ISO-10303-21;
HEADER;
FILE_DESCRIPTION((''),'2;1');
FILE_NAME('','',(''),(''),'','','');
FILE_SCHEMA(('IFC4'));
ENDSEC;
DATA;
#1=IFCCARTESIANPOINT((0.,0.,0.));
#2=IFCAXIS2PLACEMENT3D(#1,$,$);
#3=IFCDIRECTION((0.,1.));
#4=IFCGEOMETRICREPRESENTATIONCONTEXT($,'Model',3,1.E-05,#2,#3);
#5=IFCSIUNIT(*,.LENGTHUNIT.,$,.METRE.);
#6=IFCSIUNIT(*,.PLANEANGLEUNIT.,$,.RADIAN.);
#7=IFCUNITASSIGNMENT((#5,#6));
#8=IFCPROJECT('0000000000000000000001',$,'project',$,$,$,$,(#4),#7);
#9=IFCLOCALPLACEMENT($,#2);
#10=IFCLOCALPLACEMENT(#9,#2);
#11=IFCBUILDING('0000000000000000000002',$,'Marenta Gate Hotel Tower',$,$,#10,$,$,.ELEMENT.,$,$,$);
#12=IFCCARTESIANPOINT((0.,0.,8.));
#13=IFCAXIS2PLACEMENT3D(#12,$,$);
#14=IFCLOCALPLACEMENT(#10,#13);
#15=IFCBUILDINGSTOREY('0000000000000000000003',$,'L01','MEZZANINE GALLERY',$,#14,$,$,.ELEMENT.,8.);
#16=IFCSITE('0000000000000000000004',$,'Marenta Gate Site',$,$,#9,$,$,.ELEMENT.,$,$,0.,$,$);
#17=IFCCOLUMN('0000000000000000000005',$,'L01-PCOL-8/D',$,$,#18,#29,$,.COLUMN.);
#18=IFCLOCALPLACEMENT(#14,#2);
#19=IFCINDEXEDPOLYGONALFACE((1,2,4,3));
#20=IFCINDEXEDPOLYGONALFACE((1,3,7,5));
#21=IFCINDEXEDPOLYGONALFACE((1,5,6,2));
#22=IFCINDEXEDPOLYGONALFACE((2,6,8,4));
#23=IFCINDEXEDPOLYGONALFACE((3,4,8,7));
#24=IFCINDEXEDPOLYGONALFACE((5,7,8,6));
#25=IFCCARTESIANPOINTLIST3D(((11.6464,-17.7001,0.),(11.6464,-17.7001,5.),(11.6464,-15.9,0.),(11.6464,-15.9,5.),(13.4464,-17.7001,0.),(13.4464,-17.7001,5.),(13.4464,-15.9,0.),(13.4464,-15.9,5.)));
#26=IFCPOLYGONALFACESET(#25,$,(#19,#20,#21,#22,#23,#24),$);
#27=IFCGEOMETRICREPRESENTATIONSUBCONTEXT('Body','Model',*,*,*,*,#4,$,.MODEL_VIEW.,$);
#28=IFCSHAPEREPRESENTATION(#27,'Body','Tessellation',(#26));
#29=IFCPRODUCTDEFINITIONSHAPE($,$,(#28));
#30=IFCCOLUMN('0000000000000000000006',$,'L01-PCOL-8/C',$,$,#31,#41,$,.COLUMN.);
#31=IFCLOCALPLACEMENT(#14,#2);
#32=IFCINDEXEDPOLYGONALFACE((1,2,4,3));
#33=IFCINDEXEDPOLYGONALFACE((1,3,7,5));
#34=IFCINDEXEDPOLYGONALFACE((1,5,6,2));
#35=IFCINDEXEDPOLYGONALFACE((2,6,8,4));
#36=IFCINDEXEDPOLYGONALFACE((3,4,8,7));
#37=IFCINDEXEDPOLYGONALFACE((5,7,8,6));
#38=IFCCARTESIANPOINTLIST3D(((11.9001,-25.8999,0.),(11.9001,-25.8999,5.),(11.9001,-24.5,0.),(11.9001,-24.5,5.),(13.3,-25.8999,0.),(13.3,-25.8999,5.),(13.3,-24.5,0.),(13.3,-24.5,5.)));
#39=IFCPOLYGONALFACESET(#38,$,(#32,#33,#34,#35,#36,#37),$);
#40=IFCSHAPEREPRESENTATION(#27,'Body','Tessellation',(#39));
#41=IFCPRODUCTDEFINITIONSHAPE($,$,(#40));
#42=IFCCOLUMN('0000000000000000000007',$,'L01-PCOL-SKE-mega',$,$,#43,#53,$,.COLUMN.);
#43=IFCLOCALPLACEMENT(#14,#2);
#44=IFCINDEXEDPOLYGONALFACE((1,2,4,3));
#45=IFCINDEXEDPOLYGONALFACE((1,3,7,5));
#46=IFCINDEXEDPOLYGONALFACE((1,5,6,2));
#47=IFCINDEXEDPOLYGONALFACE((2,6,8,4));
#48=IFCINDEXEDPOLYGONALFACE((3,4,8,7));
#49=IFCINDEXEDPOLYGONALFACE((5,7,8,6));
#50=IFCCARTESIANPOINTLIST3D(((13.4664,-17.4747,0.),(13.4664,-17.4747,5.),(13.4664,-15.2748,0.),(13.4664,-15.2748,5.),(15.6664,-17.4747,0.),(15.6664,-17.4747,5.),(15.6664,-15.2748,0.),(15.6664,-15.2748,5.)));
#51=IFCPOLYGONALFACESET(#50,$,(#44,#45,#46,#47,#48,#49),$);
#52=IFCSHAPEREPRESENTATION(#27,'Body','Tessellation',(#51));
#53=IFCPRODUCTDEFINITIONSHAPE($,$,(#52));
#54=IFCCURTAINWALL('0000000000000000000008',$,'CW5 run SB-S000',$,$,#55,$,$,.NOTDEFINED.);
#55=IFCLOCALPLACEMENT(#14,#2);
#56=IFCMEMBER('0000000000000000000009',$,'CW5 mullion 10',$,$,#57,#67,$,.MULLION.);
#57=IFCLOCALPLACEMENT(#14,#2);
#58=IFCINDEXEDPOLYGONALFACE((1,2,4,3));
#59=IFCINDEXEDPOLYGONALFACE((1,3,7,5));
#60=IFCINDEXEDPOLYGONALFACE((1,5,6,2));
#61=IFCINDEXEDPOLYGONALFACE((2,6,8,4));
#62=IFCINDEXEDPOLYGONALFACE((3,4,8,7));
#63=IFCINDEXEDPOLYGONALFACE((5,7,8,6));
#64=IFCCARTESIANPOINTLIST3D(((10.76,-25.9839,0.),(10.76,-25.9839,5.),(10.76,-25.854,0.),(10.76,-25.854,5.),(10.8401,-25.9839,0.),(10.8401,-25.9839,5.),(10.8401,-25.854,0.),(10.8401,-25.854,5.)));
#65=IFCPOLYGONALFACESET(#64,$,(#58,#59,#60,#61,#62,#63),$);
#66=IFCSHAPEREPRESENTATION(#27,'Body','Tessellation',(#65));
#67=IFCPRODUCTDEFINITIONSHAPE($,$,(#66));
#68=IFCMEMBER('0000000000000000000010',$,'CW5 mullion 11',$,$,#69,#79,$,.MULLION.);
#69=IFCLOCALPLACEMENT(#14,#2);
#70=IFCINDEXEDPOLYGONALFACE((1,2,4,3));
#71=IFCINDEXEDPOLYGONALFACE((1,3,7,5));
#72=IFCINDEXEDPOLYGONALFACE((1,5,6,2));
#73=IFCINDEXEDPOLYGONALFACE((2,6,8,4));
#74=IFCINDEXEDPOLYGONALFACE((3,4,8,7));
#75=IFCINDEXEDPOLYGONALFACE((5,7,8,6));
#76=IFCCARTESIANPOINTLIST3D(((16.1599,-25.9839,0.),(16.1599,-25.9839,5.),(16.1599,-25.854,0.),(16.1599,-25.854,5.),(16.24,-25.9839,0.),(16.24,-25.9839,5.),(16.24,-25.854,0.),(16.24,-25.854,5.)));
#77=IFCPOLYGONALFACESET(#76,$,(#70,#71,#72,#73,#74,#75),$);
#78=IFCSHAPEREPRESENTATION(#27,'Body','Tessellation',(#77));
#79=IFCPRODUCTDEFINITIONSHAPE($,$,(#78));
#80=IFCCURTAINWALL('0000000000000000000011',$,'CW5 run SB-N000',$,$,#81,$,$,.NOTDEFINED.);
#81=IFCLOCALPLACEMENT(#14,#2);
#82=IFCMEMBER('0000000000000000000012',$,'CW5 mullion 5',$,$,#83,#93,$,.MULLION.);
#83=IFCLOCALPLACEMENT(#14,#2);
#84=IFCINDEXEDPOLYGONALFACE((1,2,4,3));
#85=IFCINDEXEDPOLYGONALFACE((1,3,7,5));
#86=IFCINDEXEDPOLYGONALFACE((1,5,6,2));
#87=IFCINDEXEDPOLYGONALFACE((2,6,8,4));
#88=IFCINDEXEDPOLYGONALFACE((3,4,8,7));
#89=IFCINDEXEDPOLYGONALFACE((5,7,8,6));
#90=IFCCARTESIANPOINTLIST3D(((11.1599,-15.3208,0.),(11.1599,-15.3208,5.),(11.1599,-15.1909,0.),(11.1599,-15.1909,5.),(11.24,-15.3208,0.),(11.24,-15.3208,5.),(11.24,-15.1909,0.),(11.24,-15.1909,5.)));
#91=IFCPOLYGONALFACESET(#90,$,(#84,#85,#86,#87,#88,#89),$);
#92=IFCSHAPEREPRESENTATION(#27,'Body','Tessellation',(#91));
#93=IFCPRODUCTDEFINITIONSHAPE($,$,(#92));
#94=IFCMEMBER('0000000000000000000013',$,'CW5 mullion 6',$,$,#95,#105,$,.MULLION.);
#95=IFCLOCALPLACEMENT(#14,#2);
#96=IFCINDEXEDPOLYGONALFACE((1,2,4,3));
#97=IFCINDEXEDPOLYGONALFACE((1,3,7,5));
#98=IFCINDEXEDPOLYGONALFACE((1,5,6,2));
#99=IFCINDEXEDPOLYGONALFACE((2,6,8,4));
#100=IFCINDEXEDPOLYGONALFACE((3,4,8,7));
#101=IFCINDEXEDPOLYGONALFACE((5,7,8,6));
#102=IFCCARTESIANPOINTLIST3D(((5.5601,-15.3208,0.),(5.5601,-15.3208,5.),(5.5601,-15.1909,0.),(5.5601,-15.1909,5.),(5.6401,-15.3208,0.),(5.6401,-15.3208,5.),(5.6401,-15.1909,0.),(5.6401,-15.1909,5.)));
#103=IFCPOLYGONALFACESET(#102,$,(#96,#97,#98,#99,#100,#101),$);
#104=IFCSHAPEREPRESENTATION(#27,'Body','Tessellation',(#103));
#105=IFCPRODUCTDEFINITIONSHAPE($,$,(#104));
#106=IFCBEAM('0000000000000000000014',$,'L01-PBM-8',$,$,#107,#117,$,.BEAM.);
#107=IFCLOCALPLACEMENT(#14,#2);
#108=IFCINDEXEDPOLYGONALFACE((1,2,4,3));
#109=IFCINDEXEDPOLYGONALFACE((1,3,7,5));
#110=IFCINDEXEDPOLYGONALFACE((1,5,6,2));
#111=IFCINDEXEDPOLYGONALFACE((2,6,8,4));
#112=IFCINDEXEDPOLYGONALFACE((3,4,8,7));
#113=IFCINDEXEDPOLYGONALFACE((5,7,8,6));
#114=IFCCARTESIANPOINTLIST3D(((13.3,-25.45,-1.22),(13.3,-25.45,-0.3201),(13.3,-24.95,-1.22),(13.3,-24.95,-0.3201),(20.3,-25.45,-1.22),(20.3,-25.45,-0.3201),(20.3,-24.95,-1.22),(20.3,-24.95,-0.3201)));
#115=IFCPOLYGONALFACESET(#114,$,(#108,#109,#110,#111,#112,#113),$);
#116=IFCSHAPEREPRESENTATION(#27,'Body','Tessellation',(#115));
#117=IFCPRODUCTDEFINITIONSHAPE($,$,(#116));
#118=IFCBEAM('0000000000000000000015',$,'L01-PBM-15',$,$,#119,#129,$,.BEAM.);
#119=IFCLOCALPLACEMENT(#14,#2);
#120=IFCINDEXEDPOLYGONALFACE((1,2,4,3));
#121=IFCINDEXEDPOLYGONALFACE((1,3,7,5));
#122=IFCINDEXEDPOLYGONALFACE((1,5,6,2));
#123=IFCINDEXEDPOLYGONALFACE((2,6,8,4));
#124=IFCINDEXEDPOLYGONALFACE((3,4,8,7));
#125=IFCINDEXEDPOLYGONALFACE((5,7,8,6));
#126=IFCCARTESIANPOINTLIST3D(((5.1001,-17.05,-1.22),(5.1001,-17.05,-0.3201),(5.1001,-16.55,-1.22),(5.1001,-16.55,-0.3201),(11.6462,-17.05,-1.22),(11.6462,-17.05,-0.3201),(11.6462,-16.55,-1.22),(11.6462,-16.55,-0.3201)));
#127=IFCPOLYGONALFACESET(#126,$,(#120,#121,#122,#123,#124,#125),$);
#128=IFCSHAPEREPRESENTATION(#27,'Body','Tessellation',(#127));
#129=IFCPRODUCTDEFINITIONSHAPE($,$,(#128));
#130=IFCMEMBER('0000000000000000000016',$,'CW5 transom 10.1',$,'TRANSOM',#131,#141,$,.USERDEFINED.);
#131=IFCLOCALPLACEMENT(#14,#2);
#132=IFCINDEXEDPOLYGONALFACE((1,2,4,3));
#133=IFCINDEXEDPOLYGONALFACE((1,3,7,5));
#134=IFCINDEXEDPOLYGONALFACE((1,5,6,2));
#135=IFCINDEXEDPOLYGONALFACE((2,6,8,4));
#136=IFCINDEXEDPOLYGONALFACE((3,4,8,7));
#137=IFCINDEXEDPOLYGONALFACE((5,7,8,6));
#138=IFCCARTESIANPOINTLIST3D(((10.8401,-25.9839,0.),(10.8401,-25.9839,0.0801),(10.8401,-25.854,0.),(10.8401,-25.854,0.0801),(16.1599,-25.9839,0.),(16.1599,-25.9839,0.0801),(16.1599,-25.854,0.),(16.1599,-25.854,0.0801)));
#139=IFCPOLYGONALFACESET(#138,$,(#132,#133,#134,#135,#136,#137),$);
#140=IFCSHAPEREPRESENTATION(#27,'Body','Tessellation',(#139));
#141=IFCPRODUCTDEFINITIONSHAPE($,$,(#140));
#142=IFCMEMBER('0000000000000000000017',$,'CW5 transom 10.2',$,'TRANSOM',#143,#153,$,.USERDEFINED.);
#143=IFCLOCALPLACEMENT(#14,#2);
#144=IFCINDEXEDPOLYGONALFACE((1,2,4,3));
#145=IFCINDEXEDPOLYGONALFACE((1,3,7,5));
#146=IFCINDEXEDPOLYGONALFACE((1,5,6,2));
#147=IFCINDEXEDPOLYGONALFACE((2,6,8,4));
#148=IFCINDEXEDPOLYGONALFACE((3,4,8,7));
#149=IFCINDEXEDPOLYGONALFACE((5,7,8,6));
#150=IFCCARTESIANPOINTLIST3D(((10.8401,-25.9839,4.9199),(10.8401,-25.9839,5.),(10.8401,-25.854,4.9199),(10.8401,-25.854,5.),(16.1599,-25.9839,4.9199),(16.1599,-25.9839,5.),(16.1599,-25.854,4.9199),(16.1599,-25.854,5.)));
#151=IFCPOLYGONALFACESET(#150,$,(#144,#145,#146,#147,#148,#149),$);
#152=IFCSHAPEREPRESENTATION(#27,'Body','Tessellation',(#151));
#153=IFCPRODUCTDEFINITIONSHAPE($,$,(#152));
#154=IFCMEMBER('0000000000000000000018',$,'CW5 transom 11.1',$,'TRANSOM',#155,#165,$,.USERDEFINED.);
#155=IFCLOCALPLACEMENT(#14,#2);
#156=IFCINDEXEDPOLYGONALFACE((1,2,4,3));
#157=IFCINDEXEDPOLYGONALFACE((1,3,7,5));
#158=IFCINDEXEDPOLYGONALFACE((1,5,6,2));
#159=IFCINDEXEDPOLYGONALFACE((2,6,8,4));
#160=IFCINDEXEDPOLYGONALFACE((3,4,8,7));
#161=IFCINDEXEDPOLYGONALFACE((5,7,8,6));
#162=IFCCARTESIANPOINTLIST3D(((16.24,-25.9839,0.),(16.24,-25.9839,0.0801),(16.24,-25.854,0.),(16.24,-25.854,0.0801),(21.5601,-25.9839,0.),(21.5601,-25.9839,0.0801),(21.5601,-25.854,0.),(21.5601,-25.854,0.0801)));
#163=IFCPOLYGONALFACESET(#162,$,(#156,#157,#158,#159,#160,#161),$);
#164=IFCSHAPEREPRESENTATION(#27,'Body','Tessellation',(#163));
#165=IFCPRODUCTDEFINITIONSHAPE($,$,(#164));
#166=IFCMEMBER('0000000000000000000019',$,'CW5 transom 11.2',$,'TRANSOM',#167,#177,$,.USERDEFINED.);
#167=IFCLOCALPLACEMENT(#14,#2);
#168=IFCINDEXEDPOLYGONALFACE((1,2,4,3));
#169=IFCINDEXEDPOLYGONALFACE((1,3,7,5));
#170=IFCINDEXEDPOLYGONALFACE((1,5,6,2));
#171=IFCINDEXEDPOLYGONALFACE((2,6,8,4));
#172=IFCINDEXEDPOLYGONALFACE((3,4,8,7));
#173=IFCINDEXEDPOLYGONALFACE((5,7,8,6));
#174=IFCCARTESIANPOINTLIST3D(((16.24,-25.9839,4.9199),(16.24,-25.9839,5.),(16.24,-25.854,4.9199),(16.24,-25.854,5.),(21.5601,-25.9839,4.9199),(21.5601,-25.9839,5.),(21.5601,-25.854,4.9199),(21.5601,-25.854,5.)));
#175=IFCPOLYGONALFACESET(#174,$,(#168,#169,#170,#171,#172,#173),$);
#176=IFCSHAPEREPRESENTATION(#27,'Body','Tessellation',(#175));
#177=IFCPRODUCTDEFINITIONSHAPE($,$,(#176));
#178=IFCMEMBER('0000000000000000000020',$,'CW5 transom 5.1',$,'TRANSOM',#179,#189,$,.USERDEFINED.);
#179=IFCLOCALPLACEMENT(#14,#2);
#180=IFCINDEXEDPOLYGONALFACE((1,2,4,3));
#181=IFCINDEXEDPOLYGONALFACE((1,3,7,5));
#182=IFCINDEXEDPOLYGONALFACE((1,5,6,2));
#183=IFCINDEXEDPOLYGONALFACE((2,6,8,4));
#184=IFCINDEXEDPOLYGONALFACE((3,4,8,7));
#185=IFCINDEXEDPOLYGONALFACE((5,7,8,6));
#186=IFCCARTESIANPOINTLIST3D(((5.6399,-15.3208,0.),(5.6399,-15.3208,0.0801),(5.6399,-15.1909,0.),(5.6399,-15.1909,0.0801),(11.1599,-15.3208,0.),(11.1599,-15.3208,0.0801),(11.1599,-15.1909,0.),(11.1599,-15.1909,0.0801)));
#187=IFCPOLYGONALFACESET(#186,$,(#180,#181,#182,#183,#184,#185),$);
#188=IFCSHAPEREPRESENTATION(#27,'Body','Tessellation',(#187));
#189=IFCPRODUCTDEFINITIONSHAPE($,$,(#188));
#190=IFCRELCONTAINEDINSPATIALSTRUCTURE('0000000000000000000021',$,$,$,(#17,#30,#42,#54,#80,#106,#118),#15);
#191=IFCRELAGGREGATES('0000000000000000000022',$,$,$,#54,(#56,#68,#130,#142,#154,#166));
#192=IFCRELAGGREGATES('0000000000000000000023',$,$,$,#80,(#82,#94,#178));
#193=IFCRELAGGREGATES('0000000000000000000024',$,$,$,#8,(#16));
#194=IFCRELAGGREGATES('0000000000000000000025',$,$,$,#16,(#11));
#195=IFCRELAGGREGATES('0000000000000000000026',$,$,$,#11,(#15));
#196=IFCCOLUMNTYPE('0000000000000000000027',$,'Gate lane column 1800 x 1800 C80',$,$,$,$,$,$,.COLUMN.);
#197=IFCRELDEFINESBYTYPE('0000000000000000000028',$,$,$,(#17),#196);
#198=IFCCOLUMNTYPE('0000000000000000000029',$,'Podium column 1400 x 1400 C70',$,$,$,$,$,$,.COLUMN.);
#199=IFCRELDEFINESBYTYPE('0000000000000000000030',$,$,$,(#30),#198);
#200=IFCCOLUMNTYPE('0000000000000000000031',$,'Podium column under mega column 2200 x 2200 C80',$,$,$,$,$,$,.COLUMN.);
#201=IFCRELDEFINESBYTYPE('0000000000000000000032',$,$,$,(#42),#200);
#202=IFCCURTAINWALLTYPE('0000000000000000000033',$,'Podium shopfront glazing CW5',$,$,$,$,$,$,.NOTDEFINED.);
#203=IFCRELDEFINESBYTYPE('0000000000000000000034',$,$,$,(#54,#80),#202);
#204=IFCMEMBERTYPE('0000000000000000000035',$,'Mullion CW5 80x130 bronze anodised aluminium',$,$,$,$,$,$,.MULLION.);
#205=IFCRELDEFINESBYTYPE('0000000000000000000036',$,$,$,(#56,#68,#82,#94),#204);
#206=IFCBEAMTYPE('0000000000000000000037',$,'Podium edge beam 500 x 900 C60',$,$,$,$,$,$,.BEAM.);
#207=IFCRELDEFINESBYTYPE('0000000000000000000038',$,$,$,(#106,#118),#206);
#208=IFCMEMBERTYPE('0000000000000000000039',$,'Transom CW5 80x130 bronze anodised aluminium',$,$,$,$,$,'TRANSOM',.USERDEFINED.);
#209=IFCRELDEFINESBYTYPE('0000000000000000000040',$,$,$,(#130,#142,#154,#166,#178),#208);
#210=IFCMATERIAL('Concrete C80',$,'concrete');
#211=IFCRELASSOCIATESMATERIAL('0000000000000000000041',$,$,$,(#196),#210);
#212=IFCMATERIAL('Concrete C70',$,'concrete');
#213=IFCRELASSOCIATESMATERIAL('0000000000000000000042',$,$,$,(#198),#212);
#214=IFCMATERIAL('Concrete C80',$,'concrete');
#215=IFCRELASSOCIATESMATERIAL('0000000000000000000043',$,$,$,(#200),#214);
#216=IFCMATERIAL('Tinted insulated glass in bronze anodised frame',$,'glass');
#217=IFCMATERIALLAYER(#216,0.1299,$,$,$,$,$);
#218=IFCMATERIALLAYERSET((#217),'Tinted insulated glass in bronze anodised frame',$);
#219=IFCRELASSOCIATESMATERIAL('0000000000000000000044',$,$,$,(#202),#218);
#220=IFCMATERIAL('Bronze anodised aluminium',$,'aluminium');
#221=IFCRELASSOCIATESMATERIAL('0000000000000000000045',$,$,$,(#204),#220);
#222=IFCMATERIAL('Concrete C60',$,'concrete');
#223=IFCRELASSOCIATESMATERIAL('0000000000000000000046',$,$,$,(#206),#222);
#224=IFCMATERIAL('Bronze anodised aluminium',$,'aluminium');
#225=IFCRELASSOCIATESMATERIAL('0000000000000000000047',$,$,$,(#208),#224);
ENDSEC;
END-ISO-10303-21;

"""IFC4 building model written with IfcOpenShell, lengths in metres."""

from ifc_helpers import new_model, si_unit, direction, frame, origin, origin_2d, place, context, subcontext, project, spatial, rectangle, extrude, material, layer, layer_set, material_profile, profile_set, type_object, element, aggregate, save


model = new_model("IFC4")

# Units and contexts
model_context = context("Model", 3, precision=1e-05, world=origin(), true_north=direction((0.0, 1.0)))
body_context = subcontext(model_context, "Body", "Model", "MODEL_VIEW")
ifc_project = project(units=[si_unit("LENGTHUNIT", "METRE"), si_unit("PLANEANGLEUNIT", "RADIAN")], contexts=[model_context])

# Site, building, storey
site_placement = place(None, origin())
site = spatial("IfcSite", under=ifc_project, at=site_placement, Name="Marenta Gate Site", CompositionType="ELEMENT", RefElevation=0.0)
building_placement = place(site_placement, origin())
building = spatial("IfcBuilding", under=site, at=building_placement, Name="Marenta Gate Hotel Tower", CompositionType="ELEMENT")
storey_placement = place(building_placement, frame((0.0, 0.0, 8.0)))
storey = spatial("IfcBuildingStorey", under=building, at=storey_placement, Name="L01", Description="MEZZANINE GALLERY", CompositionType="ELEMENT", Elevation=8.0)

# Columns
ifc_material_1 = material(Name="Concrete C80", Category="concrete")
ifc_material_profile_1 = material_profile(ifc_material_1, rectangle(XDim=1.8, YDim=1.8, at=origin_2d()), Name="1800 x 1800")
ifc_profile_set_1 = profile_set([ifc_material_profile_1], Name="Concrete C80")
column_type_1 = type_object("IfcColumnType", Name="Gate lane column 1800 x 1800 C80", PredefinedType="COLUMN", material=ifc_profile_set_1)
column_1_placement = place(storey_placement, frame((12.5464, -16.8, 0.0), z_axis=(0.0, 0.0, 1.0), x_axis=(1.0, 0.0, 0.0)))
element("IfcColumn", 1, at=column_1_placement, inside=storey, type_object=column_type_1, Name="L01-PCOL-8/D", PredefinedType="COLUMN", context=body_context, shape_type="SweptSolid", body=[
    extrude(rectangle(XDim=1.8, YDim=1.8, at=origin_2d()), origin(), (0.0, 0.0, 1.0), 5.0),
])
ifc_material_2 = material(Name="Concrete C70", Category="concrete")
ifc_material_profile_2 = material_profile(ifc_material_2, rectangle(XDim=1.3999, YDim=1.3999, at=origin_2d()), Name="1400 x 1400")
ifc_profile_set_2 = profile_set([ifc_material_profile_2], Name="Concrete C70")
column_type_2 = type_object("IfcColumnType", Name="Podium column 1400 x 1400 C70", PredefinedType="COLUMN", material=ifc_profile_set_2)
column_2_placement = place(storey_placement, frame((12.6001, -25.2, 0.0), z_axis=(0.0, 0.0, 1.0), x_axis=(1.0, 0.0, 0.0)))
element("IfcColumn", 2, at=column_2_placement, inside=storey, type_object=column_type_2, Name="L01-PCOL-8/C", PredefinedType="COLUMN", context=body_context, shape_type="SweptSolid", body=[
    extrude(rectangle(XDim=1.3999, YDim=1.3999, at=origin_2d()), origin(), (0.0, 0.0, 1.0), 5.0),
])
ifc_material_3 = material(Name="Concrete C80", Category="concrete")
ifc_material_profile_3 = material_profile(ifc_material_3, rectangle(XDim=2.2, YDim=2.2, at=origin_2d()), Name="2200 x 2200")
ifc_profile_set_3 = profile_set([ifc_material_profile_3], Name="Concrete C80")
column_type_3 = type_object("IfcColumnType", Name="Podium column under mega column 2200 x 2200 C80", PredefinedType="COLUMN", material=ifc_profile_set_3)
column_3_placement = place(storey_placement, frame((14.5664, -16.3748, 0.0), z_axis=(0.0, 0.0, 1.0), x_axis=(1.0, 0.0, 0.0)))
element("IfcColumn", 3, at=column_3_placement, inside=storey, type_object=column_type_3, Name="L01-PCOL-SKE-mega", PredefinedType="COLUMN", context=body_context, shape_type="SweptSolid", body=[
    extrude(rectangle(XDim=2.2, YDim=2.2, at=origin_2d()), origin(), (0.0, 0.0, 1.0), 5.0),
])

# Curtain walls, members
ifc_material_4 = material(Name="Tinted insulated glass in bronze anodised frame", Category="glass")
ifc_layer_1 = layer(ifc_material_4, 0.1299)
ifc_layer_set_1 = layer_set([ifc_layer_1], Name="Tinted insulated glass in bronze anodised frame")
curtain_wall_type = type_object("IfcCurtainWallType", Name="Podium shopfront glazing CW5", PredefinedType="NOTDEFINED", material=ifc_layer_set_1)
curtain_wall_1_placement = place(storey_placement, origin())
curtain_wall_1 = element("IfcCurtainWall", 4, at=curtain_wall_1_placement, inside=storey, type_object=curtain_wall_type, Name="CW5 run SB-S000", PredefinedType="NOTDEFINED")
ifc_material_5 = material(Name="Bronze anodised aluminium", Category="aluminium")
ifc_material_profile_4 = material_profile(ifc_material_5, rectangle(XDim=0.1299, YDim=0.0801, at=origin_2d()), Name="Mullion CW5 80x130 bronze anodised aluminium")
ifc_profile_set_4 = profile_set([ifc_material_profile_4], Name="Bronze anodised aluminium")
member_type_1 = type_object("IfcMemberType", Name="Mullion CW5 80x130 bronze anodised aluminium", PredefinedType="MULLION", material=ifc_profile_set_4)
member_1_placement = place(storey_placement, frame((10.8, -25.9189, 0.0), z_axis=(0.0, 0.0, 1.0), x_axis=(0.0, 1.0, 0.0)))
member_1 = element("IfcMember", 5, at=member_1_placement, type_object=member_type_1, Name="CW5 mullion 10", PredefinedType="MULLION", context=body_context, shape_type="SweptSolid", body=[
    extrude(rectangle(XDim=0.1299, YDim=0.0801, at=origin_2d()), origin(), (0.0, 0.0, 1.0), 5.0),
])
member_2_placement = place(storey_placement, frame((16.2, -25.9189, 0.0), z_axis=(0.0, 0.0, 1.0), x_axis=(0.0, 1.0, 0.0)))
member_2 = element("IfcMember", 6, at=member_2_placement, type_object=member_type_1, Name="CW5 mullion 11", PredefinedType="MULLION", context=body_context, shape_type="SweptSolid", body=[
    extrude(rectangle(XDim=0.1299, YDim=0.0801, at=origin_2d()), origin(), (0.0, 0.0, 1.0), 5.0),
])
curtain_wall_2_placement = place(storey_placement, origin())
curtain_wall_2 = element("IfcCurtainWall", 7, at=curtain_wall_2_placement, inside=storey, type_object=curtain_wall_type, Name="CW5 run SB-N000", PredefinedType="NOTDEFINED")
member_3_placement = place(storey_placement, frame((11.2, -15.2559, 0.0), z_axis=(0.0, 0.0, 1.0), x_axis=(0.0, -1.0, 0.0)))
member_3 = element("IfcMember", 8, at=member_3_placement, type_object=member_type_1, Name="CW5 mullion 5", PredefinedType="MULLION", context=body_context, shape_type="SweptSolid", body=[
    extrude(rectangle(XDim=0.1299, YDim=0.0801, at=origin_2d()), origin(), (0.0, 0.0, 1.0), 5.0),
])
member_4_placement = place(storey_placement, frame((5.6001, -15.2559, 0.0), z_axis=(0.0, 0.0, 1.0), x_axis=(0.0, -1.0, 0.0)))
member_4 = element("IfcMember", 9, at=member_4_placement, type_object=member_type_1, Name="CW5 mullion 6", PredefinedType="MULLION", context=body_context, shape_type="SweptSolid", body=[
    extrude(rectangle(XDim=0.1299, YDim=0.0801, at=origin_2d()), origin(), (0.0, 0.0, 1.0), 5.0),
])

# Beams
ifc_material_6 = material(Name="Concrete C60", Category="concrete")
ifc_material_profile_5 = material_profile(ifc_material_6, rectangle(XDim=0.5, YDim=0.8999, at=origin_2d()), Name="500 x 900")
ifc_profile_set_5 = profile_set([ifc_material_profile_5], Name="Concrete C60")
beam_type = type_object("IfcBeamType", Name="Podium edge beam 500 x 900 C60", PredefinedType="BEAM", material=ifc_profile_set_5)
beam_1_placement = place(storey_placement, frame((13.3, -25.2, -0.77), z_axis=(1.0, 0.0, 0.0), x_axis=(0.0, 1.0, 0.0)))
element("IfcBeam", 10, at=beam_1_placement, inside=storey, type_object=beam_type, Name="L01-PBM-8", PredefinedType="BEAM", context=body_context, shape_type="SweptSolid", body=[
    extrude(rectangle(XDim=0.5, YDim=0.8999, at=origin_2d()), origin(), (0.0, 0.0, 1.0), 7.0),
])
beam_2_placement = place(storey_placement, frame((11.6462, -16.8, -0.77), z_axis=(-1.0, 0.0, 0.0), x_axis=(0.0, -1.0, 0.0)))
element("IfcBeam", 11, at=beam_2_placement, inside=storey, type_object=beam_type, Name="L01-PBM-15", PredefinedType="BEAM", context=body_context, shape_type="SweptSolid", body=[
    extrude(rectangle(XDim=0.5, YDim=0.8999, at=origin_2d()), origin(), (0.0, 0.0, 1.0), 6.5461),
])

# Members
ifc_material_7 = material(Name="Bronze anodised aluminium", Category="aluminium")
ifc_material_profile_6 = material_profile(ifc_material_7, rectangle(XDim=0.1299, YDim=0.0801, at=origin_2d()), Name="Transom CW5 80x130 bronze anodised aluminium")
ifc_profile_set_6 = profile_set([ifc_material_profile_6], Name="Bronze anodised aluminium")
member_type_2 = type_object("IfcMemberType", Name="Transom CW5 80x130 bronze anodised aluminium", ElementType="TRANSOM", PredefinedType="USERDEFINED", material=ifc_profile_set_6)
member_5_placement = place(storey_placement, frame((10.8401, -25.9189, 0.04), z_axis=(1.0, 0.0, 0.0), x_axis=(0.0, 1.0, 0.0)))
member_5 = element("IfcMember", 12, at=member_5_placement, type_object=member_type_2, Name="CW5 transom 10.1", ObjectType="TRANSOM", PredefinedType="USERDEFINED", context=body_context, shape_type="SweptSolid", body=[
    extrude(rectangle(XDim=0.1299, YDim=0.0801, at=origin_2d()), origin(), (0.0, 0.0, 1.0), 5.3198),
])
member_6_placement = place(storey_placement, frame((10.8401, -25.9189, 4.96), z_axis=(1.0, 0.0, 0.0), x_axis=(0.0, 1.0, 0.0)))
member_6 = element("IfcMember", 13, at=member_6_placement, type_object=member_type_2, Name="CW5 transom 10.2", ObjectType="TRANSOM", PredefinedType="USERDEFINED", context=body_context, shape_type="SweptSolid", body=[
    extrude(rectangle(XDim=0.1299, YDim=0.0801, at=origin_2d()), origin(), (0.0, 0.0, 1.0), 5.3198),
])
member_7_placement = place(storey_placement, frame((16.24, -25.9189, 0.04), z_axis=(1.0, 0.0, 0.0), x_axis=(0.0, 1.0, 0.0)))
member_7 = element("IfcMember", 14, at=member_7_placement, type_object=member_type_2, Name="CW5 transom 11.1", ObjectType="TRANSOM", PredefinedType="USERDEFINED", context=body_context, shape_type="SweptSolid", body=[
    extrude(rectangle(XDim=0.1299, YDim=0.0801, at=origin_2d()), origin(), (0.0, 0.0, 1.0), 5.3201),
])
member_8_placement = place(storey_placement, frame((16.24, -25.9189, 4.96), z_axis=(1.0, 0.0, 0.0), x_axis=(0.0, 1.0, 0.0)))
member_8 = element("IfcMember", 15, at=member_8_placement, type_object=member_type_2, Name="CW5 transom 11.2", ObjectType="TRANSOM", PredefinedType="USERDEFINED", context=body_context, shape_type="SweptSolid", body=[
    extrude(rectangle(XDim=0.1299, YDim=0.0801, at=origin_2d()), origin(), (0.0, 0.0, 1.0), 5.3201),
])
member_9_placement = place(storey_placement, frame((11.1599, -15.2559, 0.04), z_axis=(-1.0, 0.0, 0.0), x_axis=(0.0, -1.0, 0.0)))
member_9 = element("IfcMember", 16, at=member_9_placement, type_object=member_type_2, Name="CW5 transom 5.1", ObjectType="TRANSOM", PredefinedType="USERDEFINED", context=body_context, shape_type="SweptSolid", body=[
    extrude(rectangle(XDim=0.1299, YDim=0.0801, at=origin_2d()), origin(), (0.0, 0.0, 1.0), 5.52),
])

aggregate(curtain_wall_1, [member_1, member_2, member_5, member_6, member_7, member_8])
aggregate(curtain_wall_2, [member_3, member_4, member_9])

save(model, "model.ifc")
